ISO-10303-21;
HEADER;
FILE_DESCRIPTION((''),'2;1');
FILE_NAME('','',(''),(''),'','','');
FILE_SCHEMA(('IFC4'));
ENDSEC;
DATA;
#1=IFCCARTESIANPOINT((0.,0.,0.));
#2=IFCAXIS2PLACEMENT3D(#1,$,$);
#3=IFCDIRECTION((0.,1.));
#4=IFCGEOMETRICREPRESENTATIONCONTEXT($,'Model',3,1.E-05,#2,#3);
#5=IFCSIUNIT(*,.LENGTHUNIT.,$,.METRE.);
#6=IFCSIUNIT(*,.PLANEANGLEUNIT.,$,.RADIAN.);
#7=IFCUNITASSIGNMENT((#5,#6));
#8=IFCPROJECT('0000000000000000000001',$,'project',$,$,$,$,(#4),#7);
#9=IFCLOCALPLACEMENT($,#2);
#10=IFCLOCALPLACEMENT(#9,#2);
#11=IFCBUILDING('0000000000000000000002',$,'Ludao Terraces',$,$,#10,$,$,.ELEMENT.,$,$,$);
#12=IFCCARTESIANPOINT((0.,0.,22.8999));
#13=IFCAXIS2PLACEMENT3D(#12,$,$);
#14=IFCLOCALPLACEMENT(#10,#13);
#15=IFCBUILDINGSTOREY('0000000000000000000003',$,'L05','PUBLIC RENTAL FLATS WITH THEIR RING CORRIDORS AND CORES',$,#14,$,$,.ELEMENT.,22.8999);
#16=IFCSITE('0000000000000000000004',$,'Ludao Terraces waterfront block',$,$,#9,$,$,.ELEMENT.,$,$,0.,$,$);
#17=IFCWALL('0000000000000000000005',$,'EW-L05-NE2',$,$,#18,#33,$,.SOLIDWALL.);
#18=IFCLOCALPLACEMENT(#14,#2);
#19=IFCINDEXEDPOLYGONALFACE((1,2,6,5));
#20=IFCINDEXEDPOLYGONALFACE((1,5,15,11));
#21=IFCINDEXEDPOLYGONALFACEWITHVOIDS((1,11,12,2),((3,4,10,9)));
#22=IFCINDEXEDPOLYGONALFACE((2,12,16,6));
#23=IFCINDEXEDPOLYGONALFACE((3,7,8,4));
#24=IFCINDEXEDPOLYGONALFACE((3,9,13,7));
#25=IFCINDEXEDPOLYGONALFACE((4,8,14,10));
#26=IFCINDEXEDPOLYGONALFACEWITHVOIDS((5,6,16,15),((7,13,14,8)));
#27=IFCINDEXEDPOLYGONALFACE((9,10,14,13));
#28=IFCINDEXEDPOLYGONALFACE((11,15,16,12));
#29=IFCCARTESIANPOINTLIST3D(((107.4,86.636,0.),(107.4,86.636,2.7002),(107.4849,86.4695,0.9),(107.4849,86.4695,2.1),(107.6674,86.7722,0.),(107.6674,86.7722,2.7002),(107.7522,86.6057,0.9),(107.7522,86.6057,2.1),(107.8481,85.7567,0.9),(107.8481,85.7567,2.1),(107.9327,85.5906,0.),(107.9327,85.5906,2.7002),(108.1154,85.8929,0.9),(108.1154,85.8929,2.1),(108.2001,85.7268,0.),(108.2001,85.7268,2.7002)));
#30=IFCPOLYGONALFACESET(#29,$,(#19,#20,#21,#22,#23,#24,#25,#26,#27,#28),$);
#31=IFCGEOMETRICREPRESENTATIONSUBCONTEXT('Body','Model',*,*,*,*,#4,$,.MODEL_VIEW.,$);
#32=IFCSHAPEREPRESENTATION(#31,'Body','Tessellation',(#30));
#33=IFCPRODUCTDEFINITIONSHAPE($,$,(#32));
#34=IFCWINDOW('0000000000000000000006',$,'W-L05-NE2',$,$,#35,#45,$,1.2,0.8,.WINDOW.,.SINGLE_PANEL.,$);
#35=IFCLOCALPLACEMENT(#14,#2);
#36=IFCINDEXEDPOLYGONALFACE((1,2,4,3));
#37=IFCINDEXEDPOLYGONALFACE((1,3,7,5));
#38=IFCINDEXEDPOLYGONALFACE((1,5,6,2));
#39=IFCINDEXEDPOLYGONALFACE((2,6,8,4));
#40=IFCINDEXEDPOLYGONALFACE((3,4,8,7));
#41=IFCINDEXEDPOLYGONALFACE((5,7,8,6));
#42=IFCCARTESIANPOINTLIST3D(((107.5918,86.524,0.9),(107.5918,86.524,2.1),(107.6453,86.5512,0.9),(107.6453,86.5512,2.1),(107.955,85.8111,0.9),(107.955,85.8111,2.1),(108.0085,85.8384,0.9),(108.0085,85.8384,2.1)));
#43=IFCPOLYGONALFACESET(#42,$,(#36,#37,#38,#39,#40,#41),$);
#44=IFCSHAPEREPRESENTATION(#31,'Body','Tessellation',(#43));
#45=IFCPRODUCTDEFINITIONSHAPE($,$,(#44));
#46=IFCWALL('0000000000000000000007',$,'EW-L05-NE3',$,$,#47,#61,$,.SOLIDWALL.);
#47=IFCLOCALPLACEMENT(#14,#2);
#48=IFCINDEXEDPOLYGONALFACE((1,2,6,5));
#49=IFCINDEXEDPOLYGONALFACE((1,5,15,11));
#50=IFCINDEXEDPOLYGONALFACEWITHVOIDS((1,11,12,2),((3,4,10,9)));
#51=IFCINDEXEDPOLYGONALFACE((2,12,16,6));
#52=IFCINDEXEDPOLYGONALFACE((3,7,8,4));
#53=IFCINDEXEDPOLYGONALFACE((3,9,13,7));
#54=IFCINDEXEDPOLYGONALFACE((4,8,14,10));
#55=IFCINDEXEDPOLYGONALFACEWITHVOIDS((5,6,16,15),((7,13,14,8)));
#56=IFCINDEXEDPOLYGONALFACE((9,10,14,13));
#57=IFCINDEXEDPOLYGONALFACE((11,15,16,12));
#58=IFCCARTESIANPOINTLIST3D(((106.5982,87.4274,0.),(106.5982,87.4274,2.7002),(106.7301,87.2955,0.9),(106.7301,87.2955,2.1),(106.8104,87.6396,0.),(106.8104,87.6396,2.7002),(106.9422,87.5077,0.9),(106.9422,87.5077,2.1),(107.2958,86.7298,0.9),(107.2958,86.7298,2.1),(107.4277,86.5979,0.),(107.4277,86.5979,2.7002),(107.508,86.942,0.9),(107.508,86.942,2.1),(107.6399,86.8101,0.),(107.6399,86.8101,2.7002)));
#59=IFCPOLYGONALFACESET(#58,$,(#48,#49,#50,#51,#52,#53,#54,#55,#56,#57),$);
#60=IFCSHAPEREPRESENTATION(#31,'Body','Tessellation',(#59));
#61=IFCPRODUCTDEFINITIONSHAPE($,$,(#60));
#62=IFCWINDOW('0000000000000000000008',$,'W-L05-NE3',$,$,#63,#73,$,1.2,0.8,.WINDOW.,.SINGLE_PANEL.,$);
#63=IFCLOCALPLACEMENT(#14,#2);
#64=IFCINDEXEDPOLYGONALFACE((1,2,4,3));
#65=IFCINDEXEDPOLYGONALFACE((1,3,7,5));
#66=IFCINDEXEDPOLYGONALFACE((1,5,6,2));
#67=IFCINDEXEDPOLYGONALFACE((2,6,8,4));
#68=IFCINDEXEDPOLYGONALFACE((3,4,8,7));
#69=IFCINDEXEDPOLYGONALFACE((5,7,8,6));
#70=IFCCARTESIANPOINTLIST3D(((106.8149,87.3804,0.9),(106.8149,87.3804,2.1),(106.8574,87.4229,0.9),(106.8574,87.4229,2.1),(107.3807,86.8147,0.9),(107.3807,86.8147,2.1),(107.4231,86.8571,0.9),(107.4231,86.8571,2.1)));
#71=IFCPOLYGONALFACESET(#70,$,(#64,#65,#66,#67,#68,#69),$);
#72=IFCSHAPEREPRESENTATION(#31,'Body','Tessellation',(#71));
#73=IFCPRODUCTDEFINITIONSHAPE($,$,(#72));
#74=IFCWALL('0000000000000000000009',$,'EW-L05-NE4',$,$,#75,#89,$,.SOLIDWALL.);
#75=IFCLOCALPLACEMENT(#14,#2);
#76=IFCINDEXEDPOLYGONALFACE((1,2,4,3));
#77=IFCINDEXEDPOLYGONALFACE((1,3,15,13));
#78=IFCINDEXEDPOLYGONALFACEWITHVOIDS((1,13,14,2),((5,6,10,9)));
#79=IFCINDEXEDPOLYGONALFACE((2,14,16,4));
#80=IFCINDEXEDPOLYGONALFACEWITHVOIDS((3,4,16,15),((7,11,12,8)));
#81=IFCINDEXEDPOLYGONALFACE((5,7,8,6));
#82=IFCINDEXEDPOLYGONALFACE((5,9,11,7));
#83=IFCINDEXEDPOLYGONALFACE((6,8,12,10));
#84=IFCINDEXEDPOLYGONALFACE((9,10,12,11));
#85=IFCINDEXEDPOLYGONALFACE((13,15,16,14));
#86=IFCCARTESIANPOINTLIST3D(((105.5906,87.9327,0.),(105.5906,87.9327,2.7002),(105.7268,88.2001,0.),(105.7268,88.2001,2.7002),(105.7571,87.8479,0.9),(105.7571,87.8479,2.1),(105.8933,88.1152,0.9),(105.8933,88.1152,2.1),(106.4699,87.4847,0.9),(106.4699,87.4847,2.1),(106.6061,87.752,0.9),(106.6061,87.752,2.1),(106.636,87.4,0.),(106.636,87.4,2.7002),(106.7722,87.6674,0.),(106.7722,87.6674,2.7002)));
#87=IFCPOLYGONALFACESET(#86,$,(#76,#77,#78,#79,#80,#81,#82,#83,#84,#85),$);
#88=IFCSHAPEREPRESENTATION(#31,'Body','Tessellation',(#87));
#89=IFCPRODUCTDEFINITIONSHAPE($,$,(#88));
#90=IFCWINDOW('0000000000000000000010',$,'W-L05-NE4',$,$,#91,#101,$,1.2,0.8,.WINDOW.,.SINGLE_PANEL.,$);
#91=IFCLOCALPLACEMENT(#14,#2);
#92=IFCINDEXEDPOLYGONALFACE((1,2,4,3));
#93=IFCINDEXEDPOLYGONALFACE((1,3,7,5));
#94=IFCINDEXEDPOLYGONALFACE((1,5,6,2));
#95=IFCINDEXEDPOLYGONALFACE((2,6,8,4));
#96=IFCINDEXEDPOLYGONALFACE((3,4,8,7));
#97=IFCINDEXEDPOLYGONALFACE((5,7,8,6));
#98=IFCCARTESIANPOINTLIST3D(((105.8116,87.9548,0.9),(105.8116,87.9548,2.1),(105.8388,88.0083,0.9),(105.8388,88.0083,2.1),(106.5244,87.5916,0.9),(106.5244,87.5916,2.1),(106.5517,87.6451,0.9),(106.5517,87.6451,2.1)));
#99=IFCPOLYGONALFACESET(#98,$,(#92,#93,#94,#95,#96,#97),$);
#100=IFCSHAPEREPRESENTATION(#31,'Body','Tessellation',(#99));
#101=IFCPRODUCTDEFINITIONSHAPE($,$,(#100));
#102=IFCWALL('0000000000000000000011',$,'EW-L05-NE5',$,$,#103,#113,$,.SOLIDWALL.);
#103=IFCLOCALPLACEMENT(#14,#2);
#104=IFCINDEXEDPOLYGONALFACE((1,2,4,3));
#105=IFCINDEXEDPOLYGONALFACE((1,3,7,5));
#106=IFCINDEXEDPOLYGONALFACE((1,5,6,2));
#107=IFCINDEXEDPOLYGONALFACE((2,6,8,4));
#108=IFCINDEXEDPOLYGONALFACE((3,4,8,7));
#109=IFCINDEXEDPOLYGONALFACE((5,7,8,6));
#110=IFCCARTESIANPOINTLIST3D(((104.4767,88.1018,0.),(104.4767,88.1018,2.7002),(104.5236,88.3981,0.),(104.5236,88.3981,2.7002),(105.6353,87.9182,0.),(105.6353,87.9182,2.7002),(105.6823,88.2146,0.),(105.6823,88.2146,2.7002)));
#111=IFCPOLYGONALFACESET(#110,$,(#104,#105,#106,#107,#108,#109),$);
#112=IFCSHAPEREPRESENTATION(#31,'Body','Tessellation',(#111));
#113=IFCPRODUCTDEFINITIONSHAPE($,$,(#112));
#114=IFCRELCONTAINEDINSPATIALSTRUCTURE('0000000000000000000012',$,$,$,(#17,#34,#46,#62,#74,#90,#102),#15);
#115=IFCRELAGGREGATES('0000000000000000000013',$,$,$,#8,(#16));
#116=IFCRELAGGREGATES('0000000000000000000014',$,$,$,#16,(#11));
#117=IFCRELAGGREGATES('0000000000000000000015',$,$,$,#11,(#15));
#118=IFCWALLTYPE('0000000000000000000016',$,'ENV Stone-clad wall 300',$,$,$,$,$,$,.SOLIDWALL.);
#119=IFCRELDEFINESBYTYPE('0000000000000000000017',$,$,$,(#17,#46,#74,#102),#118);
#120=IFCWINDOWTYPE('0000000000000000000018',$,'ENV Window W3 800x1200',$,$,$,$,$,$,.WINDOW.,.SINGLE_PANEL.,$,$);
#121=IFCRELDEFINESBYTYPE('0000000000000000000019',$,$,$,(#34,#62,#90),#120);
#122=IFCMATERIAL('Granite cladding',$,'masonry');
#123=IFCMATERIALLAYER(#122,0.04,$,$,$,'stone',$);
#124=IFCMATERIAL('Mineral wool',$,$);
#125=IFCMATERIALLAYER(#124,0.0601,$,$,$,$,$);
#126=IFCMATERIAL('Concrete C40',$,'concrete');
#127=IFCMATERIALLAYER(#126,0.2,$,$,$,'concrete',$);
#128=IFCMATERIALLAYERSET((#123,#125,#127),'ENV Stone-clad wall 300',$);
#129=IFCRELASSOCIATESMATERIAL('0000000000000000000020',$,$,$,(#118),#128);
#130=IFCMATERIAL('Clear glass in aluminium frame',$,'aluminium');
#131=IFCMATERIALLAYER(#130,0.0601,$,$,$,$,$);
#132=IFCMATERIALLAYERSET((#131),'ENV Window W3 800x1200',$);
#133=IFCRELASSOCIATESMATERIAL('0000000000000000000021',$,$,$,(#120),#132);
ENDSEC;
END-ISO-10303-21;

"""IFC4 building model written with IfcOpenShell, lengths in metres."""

from ifc_helpers import new_model, si_unit, direction, frame, frame_2d, origin, place, context, subcontext, project, spatial, rectangle, extrude, material, layer, layer_set, type_object, element, fill, save


model = new_model("IFC4")

# Units and contexts
model_context = context("Model", 3, precision=1e-05, world=origin(), true_north=direction((0.0, 1.0)))
body_context = subcontext(model_context, "Body", "Model", "MODEL_VIEW")
ifc_project = project(units=[si_unit("LENGTHUNIT", "METRE"), si_unit("PLANEANGLEUNIT", "RADIAN")], contexts=[model_context])

# Site, building, storey
site_placement = place(None, origin())
site = spatial("IfcSite", under=ifc_project, at=site_placement, Name="Ludao Terraces waterfront block", CompositionType="ELEMENT", RefElevation=0.0)
building_placement = place(site_placement, origin())
building = spatial("IfcBuilding", under=site, at=building_placement, Name="Ludao Terraces", CompositionType="ELEMENT")
storey_placement = place(building_placement, frame((0.0, 0.0, 22.8999)))
storey = spatial("IfcBuildingStorey", under=building, at=storey_placement, Name="L05", Description="PUBLIC RENTAL FLATS WITH THEIR RING CORRIDORS AND CORES", CompositionType="ELEMENT", Elevation=22.8999)

# Shared definitions
ifc_material_1 = material(Name="Concrete C40", Category="concrete")

# Shared definitions
ifc_material_2 = material(Name="Granite cladding", Category="masonry")
ifc_layer_1 = layer(ifc_material_2, 0.04, Category="stone")
ifc_material_3 = material(Name="Mineral wool")
ifc_layer_2 = layer(ifc_material_3, 0.0601)
ifc_layer_3 = layer(ifc_material_1, 0.2, Category="concrete")
ifc_layer_set_1 = layer_set([ifc_layer_1, ifc_layer_2, ifc_layer_3], Name="ENV Stone-clad wall 300")
wall_type_1 = type_object("IfcWallType", Name="ENV Stone-clad wall 300", PredefinedType="SOLIDWALL", material=ifc_layer_set_1)
ifc_material_4 = material(Name="Clear glass in aluminium frame", Category="aluminium")

# Walls, openings, windows
wall_1_placement = place(storey_placement, frame((108.0664, 85.6587, 0.0), z_axis=(0.0, 0.0, 1.0), x_axis=(-0.454026, 0.890989, 0.0)))
wall_1 = element("IfcWall", 1, at=wall_1_placement, inside=storey, type_object=wall_type_1, Name="EW-L05-NE2", PredefinedType="SOLIDWALL", context=body_context, shape_type="SweptSolid", body=[
    extrude(rectangle(XDim=1.1733, YDim=0.3, at=frame_2d((0.5867, 0.0))), origin(), (0.0, 0.0, 1.0), 2.7002),
])
opening_1_placement = place(wall_1_placement, frame((0.1865, 0.0, 0.8999)))
opening_1 = element("IfcOpeningElement", 2, at=opening_1_placement, cuts=wall_1, PredefinedType="OPENING", context=body_context, shape_type="SweptSolid", body=[
    extrude(rectangle(XDim=0.8, YDim=1.2, at=frame_2d((0.3999, 0.6001))), frame((0.0, 0.1602, 0.0), z_axis=(0.0, -1.0, 0.0), x_axis=(1.0, 0.0, 0.0)), (0.0, 0.0, 1.0), 0.3201),
])
ifc_layer_4 = layer(ifc_material_4, 0.0601)
ifc_layer_set_2 = layer_set([ifc_layer_4], Name="ENV Window W3 800x1200")
window_type_1 = type_object("IfcWindowType", Name="ENV Window W3 800x1200", PartitioningType="SINGLE_PANEL", PredefinedType="WINDOW", material=ifc_layer_set_2)
window_1_placement = place(opening_1_placement, origin())
window_1 = element("IfcWindow", 3, at=window_1_placement, inside=storey, type_object=window_type_1, Name="W-L05-NE2", OverallHeight=1.2, OverallWidth=0.8, PartitioningType="SINGLE_PANEL", PredefinedType="WINDOW", context=body_context, shape_type="SweptSolid", body=[
    extrude(rectangle(XDim=0.8, YDim=1.2, at=frame_2d((0.3999, 0.6001))), frame((0.0, 0.03, 0.0), z_axis=(0.0, -1.0, 0.0), x_axis=(1.0, 0.0, 0.0)), (0.0, 0.0, 1.0), 0.0601),
])
fill(opening_1, window_1)
wall_2_placement = place(storey_placement, frame((107.5337, 86.7041, 0.0), z_axis=(0.0, 0.0, 1.0), x_axis=(-0.707107, 0.707107, 0.0)))
wall_2 = element("IfcWall", 4, at=wall_2_placement, inside=storey, type_object=wall_type_1, Name="EW-L05-NE3", PredefinedType="SOLIDWALL", context=body_context, shape_type="SweptSolid", body=[
    extrude(rectangle(XDim=1.1731, YDim=0.3, at=frame_2d((0.5864, 0.0))), origin(), (0.0, 0.0, 1.0), 2.7002),
])
opening_2_placement = place(wall_2_placement, frame((0.1865, 0.0, 0.8999)))
opening_2 = element("IfcOpeningElement", 5, at=opening_2_placement, cuts=wall_2, PredefinedType="OPENING", context=body_context, shape_type="SweptSolid", body=[
    extrude(rectangle(XDim=0.8, YDim=1.2, at=frame_2d((0.3999, 0.6001))), frame((0.0, 0.1602, 0.0), z_axis=(0.0, -1.0, 0.0), x_axis=(1.0, 0.0, 0.0)), (0.0, 0.0, 1.0), 0.3201),
])
window_2_placement = place(opening_2_placement, origin())
window_2 = element("IfcWindow", 6, at=window_2_placement, inside=storey, type_object=window_type_1, Name="W-L05-NE3", OverallHeight=1.2, OverallWidth=0.8, PartitioningType="SINGLE_PANEL", PredefinedType="WINDOW", context=body_context, shape_type="SweptSolid", body=[
    extrude(rectangle(XDim=0.8, YDim=1.2, at=frame_2d((0.3999, 0.6001))), frame((0.0, 0.03, 0.0), z_axis=(0.0, -1.0, 0.0), x_axis=(1.0, 0.0, 0.0)), (0.0, 0.0, 1.0), 0.0601),
])
fill(opening_2, window_2)
wall_3_placement = place(storey_placement, frame((106.7041, 87.5337, 0.0), z_axis=(0.0, 0.0, 1.0), x_axis=(-0.890989, 0.454026, 0.0)))
wall_3 = element("IfcWall", 7, at=wall_3_placement, inside=storey, type_object=wall_type_1, Name="EW-L05-NE4", PredefinedType="SOLIDWALL", context=body_context, shape_type="SweptSolid", body=[
    extrude(rectangle(XDim=1.1733, YDim=0.3, at=frame_2d((0.5867, 0.0))), origin(), (0.0, 0.0, 1.0), 2.7002),
])
opening_3_placement = place(wall_3_placement, frame((0.1865, 0.0, 0.8999)))
opening_3 = element("IfcOpeningElement", 8, at=opening_3_placement, cuts=wall_3, PredefinedType="OPENING", context=body_context, shape_type="SweptSolid", body=[
    extrude(rectangle(XDim=0.8, YDim=1.2, at=frame_2d((0.3999, 0.6001))), frame((0.0, 0.1602, 0.0), z_axis=(0.0, -1.0, 0.0), x_axis=(1.0, 0.0, 0.0)), (0.0, 0.0, 1.0), 0.3201),
])
window_3_placement = place(opening_3_placement, origin())
window_3 = element("IfcWindow", 9, at=window_3_placement, inside=storey, type_object=window_type_1, Name="W-L05-NE4", OverallHeight=1.2, OverallWidth=0.8, PartitioningType="SINGLE_PANEL", PredefinedType="WINDOW", context=body_context, shape_type="SweptSolid", body=[
    extrude(rectangle(XDim=0.8, YDim=1.2, at=frame_2d((0.3999, 0.6001))), frame((0.0, 0.03, 0.0), z_axis=(0.0, -1.0, 0.0), x_axis=(1.0, 0.0, 0.0)), (0.0, 0.0, 1.0), 0.0601),
])
fill(opening_3, window_3)

# Wall
wall_4_placement = place(storey_placement, frame((105.6587, 88.0664, 0.0), z_axis=(0.0, 0.0, 1.0), x_axis=(-0.987678, 0.156497, 0.0)))
element("IfcWall", 10, at=wall_4_placement, inside=storey, type_object=wall_type_1, Name="EW-L05-NE5", PredefinedType="SOLIDWALL", context=body_context, shape_type="SweptSolid", body=[
    extrude(rectangle(XDim=1.1731, YDim=0.3, at=frame_2d((0.5864, 0.0))), origin(), (0.0, 0.0, 1.0), 2.7002),
])

save(model, "model.ifc")
